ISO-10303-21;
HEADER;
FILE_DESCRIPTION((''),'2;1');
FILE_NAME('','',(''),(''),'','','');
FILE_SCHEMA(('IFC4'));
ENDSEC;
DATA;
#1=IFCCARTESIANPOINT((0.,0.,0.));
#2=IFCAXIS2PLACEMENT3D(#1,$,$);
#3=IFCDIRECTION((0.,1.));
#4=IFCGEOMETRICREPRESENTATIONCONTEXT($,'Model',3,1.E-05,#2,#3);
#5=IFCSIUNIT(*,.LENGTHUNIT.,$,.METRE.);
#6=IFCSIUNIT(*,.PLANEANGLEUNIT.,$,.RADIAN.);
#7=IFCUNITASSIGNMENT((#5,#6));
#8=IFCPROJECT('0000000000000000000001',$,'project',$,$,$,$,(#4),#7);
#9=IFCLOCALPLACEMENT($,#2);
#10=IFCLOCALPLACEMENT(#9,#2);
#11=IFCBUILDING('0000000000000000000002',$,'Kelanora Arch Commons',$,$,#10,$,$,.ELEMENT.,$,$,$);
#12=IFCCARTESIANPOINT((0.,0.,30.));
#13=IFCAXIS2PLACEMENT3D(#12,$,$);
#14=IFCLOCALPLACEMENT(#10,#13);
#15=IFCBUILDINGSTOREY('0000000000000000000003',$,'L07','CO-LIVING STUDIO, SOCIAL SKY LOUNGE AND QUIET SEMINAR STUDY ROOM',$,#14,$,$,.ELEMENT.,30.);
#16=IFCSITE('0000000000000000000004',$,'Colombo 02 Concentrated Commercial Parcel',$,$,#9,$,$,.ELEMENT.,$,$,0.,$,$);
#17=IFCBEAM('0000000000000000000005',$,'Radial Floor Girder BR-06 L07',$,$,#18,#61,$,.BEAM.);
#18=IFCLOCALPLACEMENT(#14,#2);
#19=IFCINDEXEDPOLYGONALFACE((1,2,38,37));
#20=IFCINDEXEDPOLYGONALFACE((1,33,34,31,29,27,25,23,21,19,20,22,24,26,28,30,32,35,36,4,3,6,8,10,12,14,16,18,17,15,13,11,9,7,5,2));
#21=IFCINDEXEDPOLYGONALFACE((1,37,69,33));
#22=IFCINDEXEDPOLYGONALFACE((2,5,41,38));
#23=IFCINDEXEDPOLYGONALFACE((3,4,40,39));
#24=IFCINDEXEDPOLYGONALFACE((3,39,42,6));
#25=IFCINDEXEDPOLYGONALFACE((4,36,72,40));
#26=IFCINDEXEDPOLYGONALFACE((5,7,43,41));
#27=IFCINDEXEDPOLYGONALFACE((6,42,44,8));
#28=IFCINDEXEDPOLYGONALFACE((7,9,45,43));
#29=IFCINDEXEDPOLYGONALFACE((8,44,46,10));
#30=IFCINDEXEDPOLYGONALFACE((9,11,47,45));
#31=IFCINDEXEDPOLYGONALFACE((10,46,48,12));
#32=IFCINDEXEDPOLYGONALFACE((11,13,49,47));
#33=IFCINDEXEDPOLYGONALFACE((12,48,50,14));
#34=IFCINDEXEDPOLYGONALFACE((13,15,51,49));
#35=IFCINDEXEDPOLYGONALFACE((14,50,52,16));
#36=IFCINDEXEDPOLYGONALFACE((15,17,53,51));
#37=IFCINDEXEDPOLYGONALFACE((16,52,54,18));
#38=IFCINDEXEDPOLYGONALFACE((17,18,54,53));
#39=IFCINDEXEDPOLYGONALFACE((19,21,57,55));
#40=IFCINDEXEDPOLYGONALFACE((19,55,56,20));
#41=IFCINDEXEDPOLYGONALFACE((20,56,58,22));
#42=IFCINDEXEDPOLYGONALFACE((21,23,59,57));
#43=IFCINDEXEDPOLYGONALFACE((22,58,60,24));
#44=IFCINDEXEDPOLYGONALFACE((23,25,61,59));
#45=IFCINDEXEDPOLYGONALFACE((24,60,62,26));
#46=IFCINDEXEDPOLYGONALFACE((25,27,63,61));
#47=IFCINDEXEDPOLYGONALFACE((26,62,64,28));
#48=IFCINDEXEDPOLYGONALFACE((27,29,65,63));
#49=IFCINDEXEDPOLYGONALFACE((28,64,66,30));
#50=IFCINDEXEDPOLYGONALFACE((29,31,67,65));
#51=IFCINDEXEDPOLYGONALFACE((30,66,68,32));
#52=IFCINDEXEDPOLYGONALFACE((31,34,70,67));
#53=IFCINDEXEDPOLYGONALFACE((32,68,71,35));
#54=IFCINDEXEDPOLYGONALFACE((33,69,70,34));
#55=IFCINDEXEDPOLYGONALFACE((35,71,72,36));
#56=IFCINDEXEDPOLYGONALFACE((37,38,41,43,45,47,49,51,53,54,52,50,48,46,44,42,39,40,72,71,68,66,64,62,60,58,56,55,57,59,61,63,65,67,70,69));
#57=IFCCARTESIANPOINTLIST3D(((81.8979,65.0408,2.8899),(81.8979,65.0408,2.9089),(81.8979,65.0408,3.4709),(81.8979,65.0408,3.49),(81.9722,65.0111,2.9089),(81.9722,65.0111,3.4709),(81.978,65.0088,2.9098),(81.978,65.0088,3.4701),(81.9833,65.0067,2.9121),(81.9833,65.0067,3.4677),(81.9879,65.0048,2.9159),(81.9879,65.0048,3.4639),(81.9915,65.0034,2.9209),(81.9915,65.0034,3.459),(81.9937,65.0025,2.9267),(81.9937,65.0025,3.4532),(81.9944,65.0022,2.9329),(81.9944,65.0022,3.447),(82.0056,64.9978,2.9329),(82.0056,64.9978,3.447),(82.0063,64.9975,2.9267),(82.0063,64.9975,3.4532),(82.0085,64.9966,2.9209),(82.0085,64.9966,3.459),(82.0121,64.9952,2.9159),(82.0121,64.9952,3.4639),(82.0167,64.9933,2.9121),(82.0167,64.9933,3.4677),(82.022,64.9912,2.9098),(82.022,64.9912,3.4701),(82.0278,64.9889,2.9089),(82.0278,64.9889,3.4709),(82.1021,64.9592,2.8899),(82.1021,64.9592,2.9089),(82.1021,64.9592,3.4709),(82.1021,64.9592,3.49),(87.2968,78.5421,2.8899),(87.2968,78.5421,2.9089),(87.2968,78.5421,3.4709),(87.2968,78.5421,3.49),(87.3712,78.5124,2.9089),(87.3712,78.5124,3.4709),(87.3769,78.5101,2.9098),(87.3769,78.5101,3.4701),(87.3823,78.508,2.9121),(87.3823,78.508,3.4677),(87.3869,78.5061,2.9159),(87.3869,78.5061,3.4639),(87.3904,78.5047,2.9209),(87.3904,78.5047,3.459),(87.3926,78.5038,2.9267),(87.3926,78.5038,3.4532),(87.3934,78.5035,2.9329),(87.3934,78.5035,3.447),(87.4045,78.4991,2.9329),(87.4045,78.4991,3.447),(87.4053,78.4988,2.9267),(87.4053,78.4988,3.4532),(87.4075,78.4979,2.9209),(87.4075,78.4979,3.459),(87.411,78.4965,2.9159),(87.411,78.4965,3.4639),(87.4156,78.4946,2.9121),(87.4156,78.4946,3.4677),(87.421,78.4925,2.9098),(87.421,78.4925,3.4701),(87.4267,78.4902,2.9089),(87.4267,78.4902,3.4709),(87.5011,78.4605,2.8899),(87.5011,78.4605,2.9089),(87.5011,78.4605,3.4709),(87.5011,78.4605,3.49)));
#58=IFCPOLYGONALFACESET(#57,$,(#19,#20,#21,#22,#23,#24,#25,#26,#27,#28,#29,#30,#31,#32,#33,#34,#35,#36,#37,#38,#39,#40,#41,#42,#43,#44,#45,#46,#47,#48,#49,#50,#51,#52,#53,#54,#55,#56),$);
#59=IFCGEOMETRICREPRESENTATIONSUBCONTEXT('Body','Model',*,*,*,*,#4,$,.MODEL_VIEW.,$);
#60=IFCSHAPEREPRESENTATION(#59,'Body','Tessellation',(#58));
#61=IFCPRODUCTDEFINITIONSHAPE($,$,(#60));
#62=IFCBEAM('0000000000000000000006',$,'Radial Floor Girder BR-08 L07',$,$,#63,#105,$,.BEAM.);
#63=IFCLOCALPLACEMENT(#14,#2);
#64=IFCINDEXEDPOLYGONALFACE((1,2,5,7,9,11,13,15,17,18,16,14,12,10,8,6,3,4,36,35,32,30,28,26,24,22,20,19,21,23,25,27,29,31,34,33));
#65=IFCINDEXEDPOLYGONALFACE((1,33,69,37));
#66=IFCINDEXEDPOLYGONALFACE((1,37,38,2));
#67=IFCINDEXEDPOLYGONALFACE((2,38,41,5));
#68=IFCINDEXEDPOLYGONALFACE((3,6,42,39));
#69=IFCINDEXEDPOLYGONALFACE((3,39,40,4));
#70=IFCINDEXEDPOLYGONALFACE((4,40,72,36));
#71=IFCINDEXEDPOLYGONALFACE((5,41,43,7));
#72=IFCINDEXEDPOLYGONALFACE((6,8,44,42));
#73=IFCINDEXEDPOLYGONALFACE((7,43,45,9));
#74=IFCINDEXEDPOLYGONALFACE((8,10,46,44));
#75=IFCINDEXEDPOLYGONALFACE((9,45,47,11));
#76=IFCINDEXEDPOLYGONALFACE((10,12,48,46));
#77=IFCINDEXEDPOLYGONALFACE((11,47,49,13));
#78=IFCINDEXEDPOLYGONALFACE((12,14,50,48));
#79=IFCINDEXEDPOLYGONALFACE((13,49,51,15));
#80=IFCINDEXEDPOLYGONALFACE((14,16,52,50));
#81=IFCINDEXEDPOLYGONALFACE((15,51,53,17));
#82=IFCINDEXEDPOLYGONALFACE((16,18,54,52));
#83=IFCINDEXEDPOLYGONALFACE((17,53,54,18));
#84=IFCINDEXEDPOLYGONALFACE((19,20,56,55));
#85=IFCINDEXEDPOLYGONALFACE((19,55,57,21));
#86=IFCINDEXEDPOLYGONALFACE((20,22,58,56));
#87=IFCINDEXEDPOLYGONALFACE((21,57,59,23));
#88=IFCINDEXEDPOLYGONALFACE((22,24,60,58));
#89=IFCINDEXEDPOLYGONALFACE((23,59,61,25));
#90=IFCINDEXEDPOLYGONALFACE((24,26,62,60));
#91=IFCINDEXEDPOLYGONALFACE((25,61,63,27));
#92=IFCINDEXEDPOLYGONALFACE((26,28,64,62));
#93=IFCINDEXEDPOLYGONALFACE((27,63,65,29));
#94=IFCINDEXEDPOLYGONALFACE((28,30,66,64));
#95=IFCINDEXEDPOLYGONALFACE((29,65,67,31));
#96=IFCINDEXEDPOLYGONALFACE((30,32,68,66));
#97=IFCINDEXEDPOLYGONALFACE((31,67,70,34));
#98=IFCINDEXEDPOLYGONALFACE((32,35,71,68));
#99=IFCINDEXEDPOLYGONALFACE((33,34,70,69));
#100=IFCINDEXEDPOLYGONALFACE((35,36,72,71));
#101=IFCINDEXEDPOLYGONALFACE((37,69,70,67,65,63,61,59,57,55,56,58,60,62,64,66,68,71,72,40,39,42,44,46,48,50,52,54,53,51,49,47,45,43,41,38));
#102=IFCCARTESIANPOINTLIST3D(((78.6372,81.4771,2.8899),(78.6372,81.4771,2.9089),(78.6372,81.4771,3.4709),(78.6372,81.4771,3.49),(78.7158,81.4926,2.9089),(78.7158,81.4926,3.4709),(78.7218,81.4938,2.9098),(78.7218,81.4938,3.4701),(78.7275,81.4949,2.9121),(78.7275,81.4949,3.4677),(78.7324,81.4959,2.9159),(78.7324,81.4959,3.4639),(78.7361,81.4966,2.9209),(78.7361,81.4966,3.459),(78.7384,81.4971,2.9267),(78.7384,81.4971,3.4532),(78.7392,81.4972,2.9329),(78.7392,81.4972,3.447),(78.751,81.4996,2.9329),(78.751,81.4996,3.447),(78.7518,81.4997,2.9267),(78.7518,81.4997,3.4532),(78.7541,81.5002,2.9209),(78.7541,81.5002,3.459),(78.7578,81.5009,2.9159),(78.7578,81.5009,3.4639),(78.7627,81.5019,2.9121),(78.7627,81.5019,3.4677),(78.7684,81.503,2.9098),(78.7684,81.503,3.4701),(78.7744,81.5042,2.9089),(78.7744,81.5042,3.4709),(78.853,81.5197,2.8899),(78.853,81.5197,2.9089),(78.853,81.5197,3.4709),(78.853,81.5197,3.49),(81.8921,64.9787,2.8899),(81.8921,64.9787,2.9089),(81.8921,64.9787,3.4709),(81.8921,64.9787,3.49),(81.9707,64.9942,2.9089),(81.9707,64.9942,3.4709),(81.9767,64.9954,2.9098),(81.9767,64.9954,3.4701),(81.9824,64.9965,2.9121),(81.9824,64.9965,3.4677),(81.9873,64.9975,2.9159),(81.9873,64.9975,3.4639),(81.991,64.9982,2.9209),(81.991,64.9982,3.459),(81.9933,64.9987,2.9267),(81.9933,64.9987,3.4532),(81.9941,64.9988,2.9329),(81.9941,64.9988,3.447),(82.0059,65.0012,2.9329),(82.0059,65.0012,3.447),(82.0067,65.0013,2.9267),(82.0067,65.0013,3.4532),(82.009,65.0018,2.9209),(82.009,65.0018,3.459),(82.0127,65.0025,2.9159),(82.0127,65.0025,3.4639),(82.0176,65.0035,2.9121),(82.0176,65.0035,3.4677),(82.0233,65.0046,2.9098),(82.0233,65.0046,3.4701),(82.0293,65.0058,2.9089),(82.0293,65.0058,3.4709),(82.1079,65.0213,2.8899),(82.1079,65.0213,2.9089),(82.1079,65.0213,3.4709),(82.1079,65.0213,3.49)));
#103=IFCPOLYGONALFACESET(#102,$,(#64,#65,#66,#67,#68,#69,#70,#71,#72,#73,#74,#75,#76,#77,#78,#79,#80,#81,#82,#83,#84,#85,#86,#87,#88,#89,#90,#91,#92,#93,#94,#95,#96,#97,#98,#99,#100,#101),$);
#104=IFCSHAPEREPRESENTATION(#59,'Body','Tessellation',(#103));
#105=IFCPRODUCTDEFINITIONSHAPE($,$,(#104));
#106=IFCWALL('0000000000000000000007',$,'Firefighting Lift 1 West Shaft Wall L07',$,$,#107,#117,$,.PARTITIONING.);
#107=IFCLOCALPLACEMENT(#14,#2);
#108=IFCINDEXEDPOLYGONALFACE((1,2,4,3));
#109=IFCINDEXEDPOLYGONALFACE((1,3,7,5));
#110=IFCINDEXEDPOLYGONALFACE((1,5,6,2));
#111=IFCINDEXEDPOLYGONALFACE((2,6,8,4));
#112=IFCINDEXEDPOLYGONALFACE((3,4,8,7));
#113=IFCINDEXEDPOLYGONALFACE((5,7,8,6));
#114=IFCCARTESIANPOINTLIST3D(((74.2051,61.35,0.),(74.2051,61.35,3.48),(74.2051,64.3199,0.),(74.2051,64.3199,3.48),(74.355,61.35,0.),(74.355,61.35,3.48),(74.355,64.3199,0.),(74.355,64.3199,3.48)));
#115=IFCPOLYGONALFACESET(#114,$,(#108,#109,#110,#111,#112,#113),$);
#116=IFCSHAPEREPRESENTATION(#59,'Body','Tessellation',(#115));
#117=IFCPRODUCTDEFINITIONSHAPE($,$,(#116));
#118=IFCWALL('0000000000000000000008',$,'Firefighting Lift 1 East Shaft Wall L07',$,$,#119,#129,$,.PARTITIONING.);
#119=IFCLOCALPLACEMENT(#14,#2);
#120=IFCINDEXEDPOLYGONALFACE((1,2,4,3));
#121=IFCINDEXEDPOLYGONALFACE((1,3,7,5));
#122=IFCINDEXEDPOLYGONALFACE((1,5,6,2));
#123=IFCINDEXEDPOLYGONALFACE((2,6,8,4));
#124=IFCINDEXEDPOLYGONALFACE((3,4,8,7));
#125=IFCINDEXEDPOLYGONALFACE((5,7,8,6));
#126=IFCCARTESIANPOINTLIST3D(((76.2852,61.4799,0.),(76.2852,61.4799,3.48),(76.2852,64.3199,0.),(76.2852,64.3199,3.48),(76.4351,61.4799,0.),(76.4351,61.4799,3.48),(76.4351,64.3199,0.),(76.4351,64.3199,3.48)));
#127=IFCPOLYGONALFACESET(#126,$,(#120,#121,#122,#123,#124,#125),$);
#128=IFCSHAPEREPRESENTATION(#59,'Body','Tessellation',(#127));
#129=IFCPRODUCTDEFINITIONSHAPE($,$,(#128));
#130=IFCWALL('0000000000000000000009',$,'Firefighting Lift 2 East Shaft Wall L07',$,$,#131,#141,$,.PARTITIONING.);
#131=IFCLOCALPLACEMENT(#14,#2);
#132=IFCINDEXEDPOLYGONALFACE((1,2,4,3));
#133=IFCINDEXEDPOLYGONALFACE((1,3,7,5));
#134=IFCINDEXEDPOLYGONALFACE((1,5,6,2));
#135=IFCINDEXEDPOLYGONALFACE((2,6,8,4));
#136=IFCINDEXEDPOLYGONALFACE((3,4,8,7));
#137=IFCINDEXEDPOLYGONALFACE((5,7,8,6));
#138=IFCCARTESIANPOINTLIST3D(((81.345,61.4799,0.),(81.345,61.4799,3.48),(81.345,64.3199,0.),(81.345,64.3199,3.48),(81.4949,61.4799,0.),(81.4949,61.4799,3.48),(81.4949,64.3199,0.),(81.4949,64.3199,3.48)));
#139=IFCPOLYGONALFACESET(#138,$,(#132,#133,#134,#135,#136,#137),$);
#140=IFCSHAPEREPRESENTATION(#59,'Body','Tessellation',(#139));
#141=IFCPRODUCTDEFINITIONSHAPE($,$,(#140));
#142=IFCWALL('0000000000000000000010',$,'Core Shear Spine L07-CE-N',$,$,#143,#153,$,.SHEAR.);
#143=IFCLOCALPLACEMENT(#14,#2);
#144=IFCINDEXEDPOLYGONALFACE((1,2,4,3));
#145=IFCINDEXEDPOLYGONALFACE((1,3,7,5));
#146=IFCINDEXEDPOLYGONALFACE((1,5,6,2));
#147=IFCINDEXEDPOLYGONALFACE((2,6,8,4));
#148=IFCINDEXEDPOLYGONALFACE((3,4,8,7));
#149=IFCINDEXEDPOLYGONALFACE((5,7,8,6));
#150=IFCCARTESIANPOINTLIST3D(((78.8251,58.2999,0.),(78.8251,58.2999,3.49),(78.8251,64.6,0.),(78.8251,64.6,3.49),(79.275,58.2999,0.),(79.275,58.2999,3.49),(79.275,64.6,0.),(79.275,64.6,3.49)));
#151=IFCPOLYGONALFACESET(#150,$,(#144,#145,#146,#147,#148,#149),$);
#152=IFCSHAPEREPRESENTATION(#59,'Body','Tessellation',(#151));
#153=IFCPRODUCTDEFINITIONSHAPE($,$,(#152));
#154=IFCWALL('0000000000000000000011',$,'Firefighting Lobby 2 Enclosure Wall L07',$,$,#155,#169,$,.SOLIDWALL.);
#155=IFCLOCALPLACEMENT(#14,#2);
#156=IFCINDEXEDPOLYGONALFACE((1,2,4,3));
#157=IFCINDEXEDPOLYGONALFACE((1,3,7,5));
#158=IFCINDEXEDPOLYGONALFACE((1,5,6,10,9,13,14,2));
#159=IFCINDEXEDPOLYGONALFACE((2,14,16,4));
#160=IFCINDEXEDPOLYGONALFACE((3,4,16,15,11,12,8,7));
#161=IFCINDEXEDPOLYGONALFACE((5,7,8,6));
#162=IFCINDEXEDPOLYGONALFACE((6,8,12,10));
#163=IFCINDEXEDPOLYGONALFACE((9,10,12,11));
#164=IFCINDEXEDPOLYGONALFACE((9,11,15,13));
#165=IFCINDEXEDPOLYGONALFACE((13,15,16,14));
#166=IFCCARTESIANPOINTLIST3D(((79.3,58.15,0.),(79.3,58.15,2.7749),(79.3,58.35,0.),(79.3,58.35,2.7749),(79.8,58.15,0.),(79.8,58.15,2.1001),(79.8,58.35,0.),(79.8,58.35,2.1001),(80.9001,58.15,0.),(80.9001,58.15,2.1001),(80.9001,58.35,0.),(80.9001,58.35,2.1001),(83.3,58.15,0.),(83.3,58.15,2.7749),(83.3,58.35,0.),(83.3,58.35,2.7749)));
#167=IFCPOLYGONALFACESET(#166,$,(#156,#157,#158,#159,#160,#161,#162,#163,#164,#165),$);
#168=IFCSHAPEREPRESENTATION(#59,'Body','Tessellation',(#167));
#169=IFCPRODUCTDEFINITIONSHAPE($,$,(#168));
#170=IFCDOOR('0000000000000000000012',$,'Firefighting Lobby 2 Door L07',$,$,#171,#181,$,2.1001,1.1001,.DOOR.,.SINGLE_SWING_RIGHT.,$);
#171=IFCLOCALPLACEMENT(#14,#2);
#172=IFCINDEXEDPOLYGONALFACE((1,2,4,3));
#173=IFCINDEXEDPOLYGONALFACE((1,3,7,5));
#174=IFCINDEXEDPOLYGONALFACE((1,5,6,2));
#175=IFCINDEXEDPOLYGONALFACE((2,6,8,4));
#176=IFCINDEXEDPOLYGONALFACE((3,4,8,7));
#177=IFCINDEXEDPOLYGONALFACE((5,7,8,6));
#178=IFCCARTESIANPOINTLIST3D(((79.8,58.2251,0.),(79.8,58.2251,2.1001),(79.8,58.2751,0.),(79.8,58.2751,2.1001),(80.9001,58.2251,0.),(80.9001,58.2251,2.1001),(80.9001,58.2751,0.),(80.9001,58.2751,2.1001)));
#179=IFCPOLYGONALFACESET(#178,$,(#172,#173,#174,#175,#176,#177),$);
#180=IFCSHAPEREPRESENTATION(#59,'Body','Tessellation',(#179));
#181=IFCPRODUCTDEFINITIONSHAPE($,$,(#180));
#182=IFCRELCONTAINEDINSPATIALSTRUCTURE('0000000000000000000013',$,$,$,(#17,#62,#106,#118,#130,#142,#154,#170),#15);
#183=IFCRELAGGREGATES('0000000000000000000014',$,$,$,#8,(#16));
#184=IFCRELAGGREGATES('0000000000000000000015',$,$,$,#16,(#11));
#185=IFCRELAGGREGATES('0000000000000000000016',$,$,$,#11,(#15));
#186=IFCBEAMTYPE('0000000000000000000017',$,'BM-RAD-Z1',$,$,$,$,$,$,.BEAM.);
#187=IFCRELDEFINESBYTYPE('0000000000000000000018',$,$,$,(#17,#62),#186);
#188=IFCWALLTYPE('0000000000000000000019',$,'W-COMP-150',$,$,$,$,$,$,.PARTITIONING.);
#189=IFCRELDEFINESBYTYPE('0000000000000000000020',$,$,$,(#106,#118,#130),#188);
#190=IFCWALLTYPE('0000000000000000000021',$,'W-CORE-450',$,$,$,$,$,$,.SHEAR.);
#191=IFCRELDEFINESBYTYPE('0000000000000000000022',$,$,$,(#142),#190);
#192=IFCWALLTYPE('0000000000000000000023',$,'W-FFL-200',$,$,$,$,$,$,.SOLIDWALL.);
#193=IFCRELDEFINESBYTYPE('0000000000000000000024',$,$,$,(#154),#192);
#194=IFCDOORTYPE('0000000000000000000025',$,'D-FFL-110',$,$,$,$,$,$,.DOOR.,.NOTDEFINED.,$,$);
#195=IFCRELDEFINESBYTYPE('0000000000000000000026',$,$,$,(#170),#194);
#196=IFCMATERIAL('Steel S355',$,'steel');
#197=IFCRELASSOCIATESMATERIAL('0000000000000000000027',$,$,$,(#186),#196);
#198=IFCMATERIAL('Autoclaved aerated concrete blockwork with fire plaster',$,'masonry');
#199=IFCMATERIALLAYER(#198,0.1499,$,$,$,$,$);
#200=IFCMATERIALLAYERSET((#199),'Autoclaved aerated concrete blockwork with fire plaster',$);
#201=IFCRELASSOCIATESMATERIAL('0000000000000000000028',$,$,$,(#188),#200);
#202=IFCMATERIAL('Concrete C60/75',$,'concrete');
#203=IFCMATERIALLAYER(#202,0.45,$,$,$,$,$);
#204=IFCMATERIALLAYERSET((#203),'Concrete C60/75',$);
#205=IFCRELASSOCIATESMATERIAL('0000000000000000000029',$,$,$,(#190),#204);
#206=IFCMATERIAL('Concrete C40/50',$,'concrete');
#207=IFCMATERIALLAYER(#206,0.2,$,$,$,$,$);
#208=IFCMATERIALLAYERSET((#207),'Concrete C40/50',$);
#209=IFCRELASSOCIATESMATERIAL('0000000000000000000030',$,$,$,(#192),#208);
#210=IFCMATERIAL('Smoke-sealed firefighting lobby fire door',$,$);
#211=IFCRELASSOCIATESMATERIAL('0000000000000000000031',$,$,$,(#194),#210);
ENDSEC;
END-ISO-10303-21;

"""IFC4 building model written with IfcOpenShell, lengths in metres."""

from ifc_helpers import new_model, si_unit, direction, frame, frame_2d, origin, origin_2d, place, context, subcontext, project, spatial, rectangle, i_section, extrude, material, layer, layer_set, material_profile, profile_set, type_object, element, fill, save


model = new_model("IFC4")

# Units and contexts
model_context = context("Model", 3, precision=1e-05, world=origin(), true_north=direction((0.0, 1.0)))
body_context = subcontext(model_context, "Body", "Model", "MODEL_VIEW")
ifc_project = project(units=[si_unit("LENGTHUNIT", "METRE"), si_unit("PLANEANGLEUNIT", "RADIAN")], contexts=[model_context])

# Site, building, storey
site_placement = place(None, origin())
site = spatial("IfcSite", under=ifc_project, at=site_placement, Name="Colombo 02 Concentrated Commercial Parcel", CompositionType="ELEMENT", RefElevation=0.0)
building_placement = place(site_placement, origin())
building = spatial("IfcBuilding", under=site, at=building_placement, Name="Kelanora Arch Commons", CompositionType="ELEMENT")
storey_placement = place(building_placement, frame((0.0, 0.0, 30.0)))
storey = spatial("IfcBuildingStorey", under=building, at=storey_placement, Name="L07", Description="CO-LIVING STUDIO, SOCIAL SKY LOUNGE AND QUIET SEMINAR STUDY ROOM", CompositionType="ELEMENT", Elevation=30.0)

# Shared definitions
ifc_material_1 = material(Name="Concrete C60/75", Category="concrete")

# Beams
ifc_material_2 = material(Name="Steel S355", Category="steel")
ifc_material_profile_1 = material_profile(ifc_material_2, i_section(OverallWidth=0.22, OverallDepth=0.6001, WebThickness=0.012, FlangeThickness=0.019, FilletRadius=0.0239, at=origin_2d()), Name="IPE600")
ifc_profile_set_1 = profile_set([ifc_material_profile_1], Name="Steel S355")
beam_type_1 = type_object("IfcBeamType", Name="BM-RAD-Z1", PredefinedType="BEAM", material=ifc_profile_set_1)
beam_1_placement = place(storey_placement, frame((82.0, 65.0, 3.1899), z_axis=(0.371298, 0.928514, 0.0), x_axis=(-0.928514, 0.371298, 0.0)))
element("IfcBeam", 1, at=beam_1_placement, inside=storey, type_object=beam_type_1, Name="Radial Floor Girder BR-06 L07", PredefinedType="BEAM", context=body_context, shape_type="SweptSolid", body=[
    extrude(i_section(OverallWidth=0.22, OverallDepth=0.6001, WebThickness=0.012, FlangeThickness=0.019, FilletRadius=0.0239, at=origin_2d()), origin(), (0.0, 0.0, 1.0), 14.5408),
])
beam_2_placement = place(storey_placement, frame((82.0, 65.0, 3.1899), z_axis=(-0.193555, 0.981089, 0.0), x_axis=(-0.981089, -0.193555, 0.0)))
element("IfcBeam", 2, at=beam_2_placement, inside=storey, type_object=beam_type_1, Name="Radial Floor Girder BR-08 L07", PredefinedType="BEAM", context=body_context, shape_type="SweptSolid", body=[
    extrude(i_section(OverallWidth=0.22, OverallDepth=0.6001, WebThickness=0.012, FlangeThickness=0.019, FilletRadius=0.0239, at=origin_2d()), origin(), (0.0, 0.0, 1.0), 16.8164),
])

# Walls
ifc_material_3 = material(Name="Autoclaved aerated concrete blockwork with fire plaster", Category="masonry")
ifc_layer_1 = layer(ifc_material_3, 0.1499)
ifc_layer_set_1 = layer_set([ifc_layer_1], Name="Autoclaved aerated concrete blockwork with fire plaster")
wall_type_1 = type_object("IfcWallType", Name="W-COMP-150", PredefinedType="PARTITIONING", material=ifc_layer_set_1)
wall_1_placement = place(storey_placement, frame((74.28, 61.3501, 0.0), z_axis=(0.0, 0.0, 1.0), x_axis=(0.0, 1.0, 0.0)))
element("IfcWall", 3, at=wall_1_placement, inside=storey, type_object=wall_type_1, Name="Firefighting Lift 1 West Shaft Wall L07", PredefinedType="PARTITIONING", context=body_context, shape_type="SweptSolid", body=[
    extrude(rectangle(XDim=2.97, YDim=0.1499, at=frame_2d((1.4849, 0.0))), origin(), (0.0, 0.0, 1.0), 3.48),
])
for number, where, z_axis, x_axis, name in (
    (4, (76.3601, 61.48, 0.0), (0.0, 0.0, 1.0), (0.0, 1.0, 0.0), "Firefighting Lift 1 East Shaft Wall L07"),
    (5, (81.4199, 61.48, 0.0), (0.0, 0.0, 1.0), (0.0, 1.0, 0.0), "Firefighting Lift 2 East Shaft Wall L07"),
):
    element("IfcWall", number, at=place(storey_placement, frame(where, z_axis=z_axis, x_axis=x_axis)), inside=storey, type_object=wall_type_1, Name=name, PredefinedType="PARTITIONING", context=body_context, shape_type="SweptSolid", body=[
        extrude(rectangle(XDim=2.8401, YDim=0.1499, at=frame_2d((1.4199, 0.0))), origin(), (0.0, 0.0, 1.0), 3.48),
    ])
ifc_layer_2 = layer(ifc_material_1, 0.45)
ifc_layer_set_2 = layer_set([ifc_layer_2], Name="Concrete C60/75")
wall_type_2 = type_object("IfcWallType", Name="W-CORE-450", PredefinedType="SHEAR", material=ifc_layer_set_2)
wall_2_placement = place(storey_placement, frame((79.05, 58.3, 0.0), z_axis=(0.0, 0.0, 1.0), x_axis=(0.0, 1.0, 0.0)))
element("IfcWall", 6, at=wall_2_placement, inside=storey, type_object=wall_type_2, Name="Core Shear Spine L07-CE-N", PredefinedType="SHEAR", context=body_context, shape_type="SweptSolid", body=[
    extrude(rectangle(XDim=6.3, YDim=0.45, at=frame_2d((3.1499, 0.0))), origin(), (0.0, 0.0, 1.0), 3.49),
])

# Wall, opening, door
ifc_material_4 = material(Name="Concrete C40/50", Category="concrete")
ifc_layer_3 = layer(ifc_material_4, 0.2)
ifc_layer_set_3 = layer_set([ifc_layer_3], Name="Concrete C40/50")
wall_type_3 = type_object("IfcWallType", Name="W-FFL-200", PredefinedType="SOLIDWALL", material=ifc_layer_set_3)
wall_3_placement = place(storey_placement, frame((79.3, 58.25, 0.0), z_axis=(0.0, 0.0, 1.0), x_axis=(1.0, 0.0, 0.0)))
wall_3 = element("IfcWall", 7, at=wall_3_placement, inside=storey, type_object=wall_type_3, Name="Firefighting Lobby 2 Enclosure Wall L07", PredefinedType="SOLIDWALL", context=body_context, shape_type="SweptSolid", body=[
    extrude(rectangle(XDim=4.0, YDim=0.2, at=frame_2d((2.0, 0.0))), origin(), (0.0, 0.0, 1.0), 2.7749),
])
opening_1_placement = place(wall_3_placement, frame((0.5, 0.0, 0.0)))
opening_1 = element("IfcOpeningElement", 8, at=opening_1_placement, cuts=wall_3, PredefinedType="OPENING", context=body_context, shape_type="SweptSolid", body=[
    extrude(rectangle(XDim=1.1001, YDim=2.1001, at=frame_2d((0.55, 1.05))), frame((0.0, 0.1099, 0.0), z_axis=(0.0, -1.0, 0.0), x_axis=(1.0, 0.0, 0.0)), (0.0, 0.0, 1.0), 0.22),
])
ifc_material_5 = material(Name="Smoke-sealed firefighting lobby fire door")
door_type_1 = type_object("IfcDoorType", Name="D-FFL-110", OperationType="NOTDEFINED", PredefinedType="DOOR", material=ifc_material_5)
door_1_placement = place(opening_1_placement, frame((1.1001, 0.0, 0.0), z_axis=(0.0, 0.0, 1.0), x_axis=(-1.0, 0.0, 0.0)))
door_1 = element("IfcDoor", 9, at=door_1_placement, inside=storey, type_object=door_type_1, Name="Firefighting Lobby 2 Door L07", OperationType="SINGLE_SWING_RIGHT", OverallHeight=2.1001, OverallWidth=1.1001, PredefinedType="DOOR", context=body_context, shape_type="SweptSolid", body=[
    extrude(rectangle(XDim=1.1001, YDim=2.1001, at=frame_2d((0.55, 1.05))), frame((0.0, 0.0249, 0.0), z_axis=(0.0, -1.0, 0.0), x_axis=(1.0, 0.0, 0.0)), (0.0, 0.0, 1.0), 0.05),
])
fill(opening_1, door_1)

save(model, "model.ifc")
